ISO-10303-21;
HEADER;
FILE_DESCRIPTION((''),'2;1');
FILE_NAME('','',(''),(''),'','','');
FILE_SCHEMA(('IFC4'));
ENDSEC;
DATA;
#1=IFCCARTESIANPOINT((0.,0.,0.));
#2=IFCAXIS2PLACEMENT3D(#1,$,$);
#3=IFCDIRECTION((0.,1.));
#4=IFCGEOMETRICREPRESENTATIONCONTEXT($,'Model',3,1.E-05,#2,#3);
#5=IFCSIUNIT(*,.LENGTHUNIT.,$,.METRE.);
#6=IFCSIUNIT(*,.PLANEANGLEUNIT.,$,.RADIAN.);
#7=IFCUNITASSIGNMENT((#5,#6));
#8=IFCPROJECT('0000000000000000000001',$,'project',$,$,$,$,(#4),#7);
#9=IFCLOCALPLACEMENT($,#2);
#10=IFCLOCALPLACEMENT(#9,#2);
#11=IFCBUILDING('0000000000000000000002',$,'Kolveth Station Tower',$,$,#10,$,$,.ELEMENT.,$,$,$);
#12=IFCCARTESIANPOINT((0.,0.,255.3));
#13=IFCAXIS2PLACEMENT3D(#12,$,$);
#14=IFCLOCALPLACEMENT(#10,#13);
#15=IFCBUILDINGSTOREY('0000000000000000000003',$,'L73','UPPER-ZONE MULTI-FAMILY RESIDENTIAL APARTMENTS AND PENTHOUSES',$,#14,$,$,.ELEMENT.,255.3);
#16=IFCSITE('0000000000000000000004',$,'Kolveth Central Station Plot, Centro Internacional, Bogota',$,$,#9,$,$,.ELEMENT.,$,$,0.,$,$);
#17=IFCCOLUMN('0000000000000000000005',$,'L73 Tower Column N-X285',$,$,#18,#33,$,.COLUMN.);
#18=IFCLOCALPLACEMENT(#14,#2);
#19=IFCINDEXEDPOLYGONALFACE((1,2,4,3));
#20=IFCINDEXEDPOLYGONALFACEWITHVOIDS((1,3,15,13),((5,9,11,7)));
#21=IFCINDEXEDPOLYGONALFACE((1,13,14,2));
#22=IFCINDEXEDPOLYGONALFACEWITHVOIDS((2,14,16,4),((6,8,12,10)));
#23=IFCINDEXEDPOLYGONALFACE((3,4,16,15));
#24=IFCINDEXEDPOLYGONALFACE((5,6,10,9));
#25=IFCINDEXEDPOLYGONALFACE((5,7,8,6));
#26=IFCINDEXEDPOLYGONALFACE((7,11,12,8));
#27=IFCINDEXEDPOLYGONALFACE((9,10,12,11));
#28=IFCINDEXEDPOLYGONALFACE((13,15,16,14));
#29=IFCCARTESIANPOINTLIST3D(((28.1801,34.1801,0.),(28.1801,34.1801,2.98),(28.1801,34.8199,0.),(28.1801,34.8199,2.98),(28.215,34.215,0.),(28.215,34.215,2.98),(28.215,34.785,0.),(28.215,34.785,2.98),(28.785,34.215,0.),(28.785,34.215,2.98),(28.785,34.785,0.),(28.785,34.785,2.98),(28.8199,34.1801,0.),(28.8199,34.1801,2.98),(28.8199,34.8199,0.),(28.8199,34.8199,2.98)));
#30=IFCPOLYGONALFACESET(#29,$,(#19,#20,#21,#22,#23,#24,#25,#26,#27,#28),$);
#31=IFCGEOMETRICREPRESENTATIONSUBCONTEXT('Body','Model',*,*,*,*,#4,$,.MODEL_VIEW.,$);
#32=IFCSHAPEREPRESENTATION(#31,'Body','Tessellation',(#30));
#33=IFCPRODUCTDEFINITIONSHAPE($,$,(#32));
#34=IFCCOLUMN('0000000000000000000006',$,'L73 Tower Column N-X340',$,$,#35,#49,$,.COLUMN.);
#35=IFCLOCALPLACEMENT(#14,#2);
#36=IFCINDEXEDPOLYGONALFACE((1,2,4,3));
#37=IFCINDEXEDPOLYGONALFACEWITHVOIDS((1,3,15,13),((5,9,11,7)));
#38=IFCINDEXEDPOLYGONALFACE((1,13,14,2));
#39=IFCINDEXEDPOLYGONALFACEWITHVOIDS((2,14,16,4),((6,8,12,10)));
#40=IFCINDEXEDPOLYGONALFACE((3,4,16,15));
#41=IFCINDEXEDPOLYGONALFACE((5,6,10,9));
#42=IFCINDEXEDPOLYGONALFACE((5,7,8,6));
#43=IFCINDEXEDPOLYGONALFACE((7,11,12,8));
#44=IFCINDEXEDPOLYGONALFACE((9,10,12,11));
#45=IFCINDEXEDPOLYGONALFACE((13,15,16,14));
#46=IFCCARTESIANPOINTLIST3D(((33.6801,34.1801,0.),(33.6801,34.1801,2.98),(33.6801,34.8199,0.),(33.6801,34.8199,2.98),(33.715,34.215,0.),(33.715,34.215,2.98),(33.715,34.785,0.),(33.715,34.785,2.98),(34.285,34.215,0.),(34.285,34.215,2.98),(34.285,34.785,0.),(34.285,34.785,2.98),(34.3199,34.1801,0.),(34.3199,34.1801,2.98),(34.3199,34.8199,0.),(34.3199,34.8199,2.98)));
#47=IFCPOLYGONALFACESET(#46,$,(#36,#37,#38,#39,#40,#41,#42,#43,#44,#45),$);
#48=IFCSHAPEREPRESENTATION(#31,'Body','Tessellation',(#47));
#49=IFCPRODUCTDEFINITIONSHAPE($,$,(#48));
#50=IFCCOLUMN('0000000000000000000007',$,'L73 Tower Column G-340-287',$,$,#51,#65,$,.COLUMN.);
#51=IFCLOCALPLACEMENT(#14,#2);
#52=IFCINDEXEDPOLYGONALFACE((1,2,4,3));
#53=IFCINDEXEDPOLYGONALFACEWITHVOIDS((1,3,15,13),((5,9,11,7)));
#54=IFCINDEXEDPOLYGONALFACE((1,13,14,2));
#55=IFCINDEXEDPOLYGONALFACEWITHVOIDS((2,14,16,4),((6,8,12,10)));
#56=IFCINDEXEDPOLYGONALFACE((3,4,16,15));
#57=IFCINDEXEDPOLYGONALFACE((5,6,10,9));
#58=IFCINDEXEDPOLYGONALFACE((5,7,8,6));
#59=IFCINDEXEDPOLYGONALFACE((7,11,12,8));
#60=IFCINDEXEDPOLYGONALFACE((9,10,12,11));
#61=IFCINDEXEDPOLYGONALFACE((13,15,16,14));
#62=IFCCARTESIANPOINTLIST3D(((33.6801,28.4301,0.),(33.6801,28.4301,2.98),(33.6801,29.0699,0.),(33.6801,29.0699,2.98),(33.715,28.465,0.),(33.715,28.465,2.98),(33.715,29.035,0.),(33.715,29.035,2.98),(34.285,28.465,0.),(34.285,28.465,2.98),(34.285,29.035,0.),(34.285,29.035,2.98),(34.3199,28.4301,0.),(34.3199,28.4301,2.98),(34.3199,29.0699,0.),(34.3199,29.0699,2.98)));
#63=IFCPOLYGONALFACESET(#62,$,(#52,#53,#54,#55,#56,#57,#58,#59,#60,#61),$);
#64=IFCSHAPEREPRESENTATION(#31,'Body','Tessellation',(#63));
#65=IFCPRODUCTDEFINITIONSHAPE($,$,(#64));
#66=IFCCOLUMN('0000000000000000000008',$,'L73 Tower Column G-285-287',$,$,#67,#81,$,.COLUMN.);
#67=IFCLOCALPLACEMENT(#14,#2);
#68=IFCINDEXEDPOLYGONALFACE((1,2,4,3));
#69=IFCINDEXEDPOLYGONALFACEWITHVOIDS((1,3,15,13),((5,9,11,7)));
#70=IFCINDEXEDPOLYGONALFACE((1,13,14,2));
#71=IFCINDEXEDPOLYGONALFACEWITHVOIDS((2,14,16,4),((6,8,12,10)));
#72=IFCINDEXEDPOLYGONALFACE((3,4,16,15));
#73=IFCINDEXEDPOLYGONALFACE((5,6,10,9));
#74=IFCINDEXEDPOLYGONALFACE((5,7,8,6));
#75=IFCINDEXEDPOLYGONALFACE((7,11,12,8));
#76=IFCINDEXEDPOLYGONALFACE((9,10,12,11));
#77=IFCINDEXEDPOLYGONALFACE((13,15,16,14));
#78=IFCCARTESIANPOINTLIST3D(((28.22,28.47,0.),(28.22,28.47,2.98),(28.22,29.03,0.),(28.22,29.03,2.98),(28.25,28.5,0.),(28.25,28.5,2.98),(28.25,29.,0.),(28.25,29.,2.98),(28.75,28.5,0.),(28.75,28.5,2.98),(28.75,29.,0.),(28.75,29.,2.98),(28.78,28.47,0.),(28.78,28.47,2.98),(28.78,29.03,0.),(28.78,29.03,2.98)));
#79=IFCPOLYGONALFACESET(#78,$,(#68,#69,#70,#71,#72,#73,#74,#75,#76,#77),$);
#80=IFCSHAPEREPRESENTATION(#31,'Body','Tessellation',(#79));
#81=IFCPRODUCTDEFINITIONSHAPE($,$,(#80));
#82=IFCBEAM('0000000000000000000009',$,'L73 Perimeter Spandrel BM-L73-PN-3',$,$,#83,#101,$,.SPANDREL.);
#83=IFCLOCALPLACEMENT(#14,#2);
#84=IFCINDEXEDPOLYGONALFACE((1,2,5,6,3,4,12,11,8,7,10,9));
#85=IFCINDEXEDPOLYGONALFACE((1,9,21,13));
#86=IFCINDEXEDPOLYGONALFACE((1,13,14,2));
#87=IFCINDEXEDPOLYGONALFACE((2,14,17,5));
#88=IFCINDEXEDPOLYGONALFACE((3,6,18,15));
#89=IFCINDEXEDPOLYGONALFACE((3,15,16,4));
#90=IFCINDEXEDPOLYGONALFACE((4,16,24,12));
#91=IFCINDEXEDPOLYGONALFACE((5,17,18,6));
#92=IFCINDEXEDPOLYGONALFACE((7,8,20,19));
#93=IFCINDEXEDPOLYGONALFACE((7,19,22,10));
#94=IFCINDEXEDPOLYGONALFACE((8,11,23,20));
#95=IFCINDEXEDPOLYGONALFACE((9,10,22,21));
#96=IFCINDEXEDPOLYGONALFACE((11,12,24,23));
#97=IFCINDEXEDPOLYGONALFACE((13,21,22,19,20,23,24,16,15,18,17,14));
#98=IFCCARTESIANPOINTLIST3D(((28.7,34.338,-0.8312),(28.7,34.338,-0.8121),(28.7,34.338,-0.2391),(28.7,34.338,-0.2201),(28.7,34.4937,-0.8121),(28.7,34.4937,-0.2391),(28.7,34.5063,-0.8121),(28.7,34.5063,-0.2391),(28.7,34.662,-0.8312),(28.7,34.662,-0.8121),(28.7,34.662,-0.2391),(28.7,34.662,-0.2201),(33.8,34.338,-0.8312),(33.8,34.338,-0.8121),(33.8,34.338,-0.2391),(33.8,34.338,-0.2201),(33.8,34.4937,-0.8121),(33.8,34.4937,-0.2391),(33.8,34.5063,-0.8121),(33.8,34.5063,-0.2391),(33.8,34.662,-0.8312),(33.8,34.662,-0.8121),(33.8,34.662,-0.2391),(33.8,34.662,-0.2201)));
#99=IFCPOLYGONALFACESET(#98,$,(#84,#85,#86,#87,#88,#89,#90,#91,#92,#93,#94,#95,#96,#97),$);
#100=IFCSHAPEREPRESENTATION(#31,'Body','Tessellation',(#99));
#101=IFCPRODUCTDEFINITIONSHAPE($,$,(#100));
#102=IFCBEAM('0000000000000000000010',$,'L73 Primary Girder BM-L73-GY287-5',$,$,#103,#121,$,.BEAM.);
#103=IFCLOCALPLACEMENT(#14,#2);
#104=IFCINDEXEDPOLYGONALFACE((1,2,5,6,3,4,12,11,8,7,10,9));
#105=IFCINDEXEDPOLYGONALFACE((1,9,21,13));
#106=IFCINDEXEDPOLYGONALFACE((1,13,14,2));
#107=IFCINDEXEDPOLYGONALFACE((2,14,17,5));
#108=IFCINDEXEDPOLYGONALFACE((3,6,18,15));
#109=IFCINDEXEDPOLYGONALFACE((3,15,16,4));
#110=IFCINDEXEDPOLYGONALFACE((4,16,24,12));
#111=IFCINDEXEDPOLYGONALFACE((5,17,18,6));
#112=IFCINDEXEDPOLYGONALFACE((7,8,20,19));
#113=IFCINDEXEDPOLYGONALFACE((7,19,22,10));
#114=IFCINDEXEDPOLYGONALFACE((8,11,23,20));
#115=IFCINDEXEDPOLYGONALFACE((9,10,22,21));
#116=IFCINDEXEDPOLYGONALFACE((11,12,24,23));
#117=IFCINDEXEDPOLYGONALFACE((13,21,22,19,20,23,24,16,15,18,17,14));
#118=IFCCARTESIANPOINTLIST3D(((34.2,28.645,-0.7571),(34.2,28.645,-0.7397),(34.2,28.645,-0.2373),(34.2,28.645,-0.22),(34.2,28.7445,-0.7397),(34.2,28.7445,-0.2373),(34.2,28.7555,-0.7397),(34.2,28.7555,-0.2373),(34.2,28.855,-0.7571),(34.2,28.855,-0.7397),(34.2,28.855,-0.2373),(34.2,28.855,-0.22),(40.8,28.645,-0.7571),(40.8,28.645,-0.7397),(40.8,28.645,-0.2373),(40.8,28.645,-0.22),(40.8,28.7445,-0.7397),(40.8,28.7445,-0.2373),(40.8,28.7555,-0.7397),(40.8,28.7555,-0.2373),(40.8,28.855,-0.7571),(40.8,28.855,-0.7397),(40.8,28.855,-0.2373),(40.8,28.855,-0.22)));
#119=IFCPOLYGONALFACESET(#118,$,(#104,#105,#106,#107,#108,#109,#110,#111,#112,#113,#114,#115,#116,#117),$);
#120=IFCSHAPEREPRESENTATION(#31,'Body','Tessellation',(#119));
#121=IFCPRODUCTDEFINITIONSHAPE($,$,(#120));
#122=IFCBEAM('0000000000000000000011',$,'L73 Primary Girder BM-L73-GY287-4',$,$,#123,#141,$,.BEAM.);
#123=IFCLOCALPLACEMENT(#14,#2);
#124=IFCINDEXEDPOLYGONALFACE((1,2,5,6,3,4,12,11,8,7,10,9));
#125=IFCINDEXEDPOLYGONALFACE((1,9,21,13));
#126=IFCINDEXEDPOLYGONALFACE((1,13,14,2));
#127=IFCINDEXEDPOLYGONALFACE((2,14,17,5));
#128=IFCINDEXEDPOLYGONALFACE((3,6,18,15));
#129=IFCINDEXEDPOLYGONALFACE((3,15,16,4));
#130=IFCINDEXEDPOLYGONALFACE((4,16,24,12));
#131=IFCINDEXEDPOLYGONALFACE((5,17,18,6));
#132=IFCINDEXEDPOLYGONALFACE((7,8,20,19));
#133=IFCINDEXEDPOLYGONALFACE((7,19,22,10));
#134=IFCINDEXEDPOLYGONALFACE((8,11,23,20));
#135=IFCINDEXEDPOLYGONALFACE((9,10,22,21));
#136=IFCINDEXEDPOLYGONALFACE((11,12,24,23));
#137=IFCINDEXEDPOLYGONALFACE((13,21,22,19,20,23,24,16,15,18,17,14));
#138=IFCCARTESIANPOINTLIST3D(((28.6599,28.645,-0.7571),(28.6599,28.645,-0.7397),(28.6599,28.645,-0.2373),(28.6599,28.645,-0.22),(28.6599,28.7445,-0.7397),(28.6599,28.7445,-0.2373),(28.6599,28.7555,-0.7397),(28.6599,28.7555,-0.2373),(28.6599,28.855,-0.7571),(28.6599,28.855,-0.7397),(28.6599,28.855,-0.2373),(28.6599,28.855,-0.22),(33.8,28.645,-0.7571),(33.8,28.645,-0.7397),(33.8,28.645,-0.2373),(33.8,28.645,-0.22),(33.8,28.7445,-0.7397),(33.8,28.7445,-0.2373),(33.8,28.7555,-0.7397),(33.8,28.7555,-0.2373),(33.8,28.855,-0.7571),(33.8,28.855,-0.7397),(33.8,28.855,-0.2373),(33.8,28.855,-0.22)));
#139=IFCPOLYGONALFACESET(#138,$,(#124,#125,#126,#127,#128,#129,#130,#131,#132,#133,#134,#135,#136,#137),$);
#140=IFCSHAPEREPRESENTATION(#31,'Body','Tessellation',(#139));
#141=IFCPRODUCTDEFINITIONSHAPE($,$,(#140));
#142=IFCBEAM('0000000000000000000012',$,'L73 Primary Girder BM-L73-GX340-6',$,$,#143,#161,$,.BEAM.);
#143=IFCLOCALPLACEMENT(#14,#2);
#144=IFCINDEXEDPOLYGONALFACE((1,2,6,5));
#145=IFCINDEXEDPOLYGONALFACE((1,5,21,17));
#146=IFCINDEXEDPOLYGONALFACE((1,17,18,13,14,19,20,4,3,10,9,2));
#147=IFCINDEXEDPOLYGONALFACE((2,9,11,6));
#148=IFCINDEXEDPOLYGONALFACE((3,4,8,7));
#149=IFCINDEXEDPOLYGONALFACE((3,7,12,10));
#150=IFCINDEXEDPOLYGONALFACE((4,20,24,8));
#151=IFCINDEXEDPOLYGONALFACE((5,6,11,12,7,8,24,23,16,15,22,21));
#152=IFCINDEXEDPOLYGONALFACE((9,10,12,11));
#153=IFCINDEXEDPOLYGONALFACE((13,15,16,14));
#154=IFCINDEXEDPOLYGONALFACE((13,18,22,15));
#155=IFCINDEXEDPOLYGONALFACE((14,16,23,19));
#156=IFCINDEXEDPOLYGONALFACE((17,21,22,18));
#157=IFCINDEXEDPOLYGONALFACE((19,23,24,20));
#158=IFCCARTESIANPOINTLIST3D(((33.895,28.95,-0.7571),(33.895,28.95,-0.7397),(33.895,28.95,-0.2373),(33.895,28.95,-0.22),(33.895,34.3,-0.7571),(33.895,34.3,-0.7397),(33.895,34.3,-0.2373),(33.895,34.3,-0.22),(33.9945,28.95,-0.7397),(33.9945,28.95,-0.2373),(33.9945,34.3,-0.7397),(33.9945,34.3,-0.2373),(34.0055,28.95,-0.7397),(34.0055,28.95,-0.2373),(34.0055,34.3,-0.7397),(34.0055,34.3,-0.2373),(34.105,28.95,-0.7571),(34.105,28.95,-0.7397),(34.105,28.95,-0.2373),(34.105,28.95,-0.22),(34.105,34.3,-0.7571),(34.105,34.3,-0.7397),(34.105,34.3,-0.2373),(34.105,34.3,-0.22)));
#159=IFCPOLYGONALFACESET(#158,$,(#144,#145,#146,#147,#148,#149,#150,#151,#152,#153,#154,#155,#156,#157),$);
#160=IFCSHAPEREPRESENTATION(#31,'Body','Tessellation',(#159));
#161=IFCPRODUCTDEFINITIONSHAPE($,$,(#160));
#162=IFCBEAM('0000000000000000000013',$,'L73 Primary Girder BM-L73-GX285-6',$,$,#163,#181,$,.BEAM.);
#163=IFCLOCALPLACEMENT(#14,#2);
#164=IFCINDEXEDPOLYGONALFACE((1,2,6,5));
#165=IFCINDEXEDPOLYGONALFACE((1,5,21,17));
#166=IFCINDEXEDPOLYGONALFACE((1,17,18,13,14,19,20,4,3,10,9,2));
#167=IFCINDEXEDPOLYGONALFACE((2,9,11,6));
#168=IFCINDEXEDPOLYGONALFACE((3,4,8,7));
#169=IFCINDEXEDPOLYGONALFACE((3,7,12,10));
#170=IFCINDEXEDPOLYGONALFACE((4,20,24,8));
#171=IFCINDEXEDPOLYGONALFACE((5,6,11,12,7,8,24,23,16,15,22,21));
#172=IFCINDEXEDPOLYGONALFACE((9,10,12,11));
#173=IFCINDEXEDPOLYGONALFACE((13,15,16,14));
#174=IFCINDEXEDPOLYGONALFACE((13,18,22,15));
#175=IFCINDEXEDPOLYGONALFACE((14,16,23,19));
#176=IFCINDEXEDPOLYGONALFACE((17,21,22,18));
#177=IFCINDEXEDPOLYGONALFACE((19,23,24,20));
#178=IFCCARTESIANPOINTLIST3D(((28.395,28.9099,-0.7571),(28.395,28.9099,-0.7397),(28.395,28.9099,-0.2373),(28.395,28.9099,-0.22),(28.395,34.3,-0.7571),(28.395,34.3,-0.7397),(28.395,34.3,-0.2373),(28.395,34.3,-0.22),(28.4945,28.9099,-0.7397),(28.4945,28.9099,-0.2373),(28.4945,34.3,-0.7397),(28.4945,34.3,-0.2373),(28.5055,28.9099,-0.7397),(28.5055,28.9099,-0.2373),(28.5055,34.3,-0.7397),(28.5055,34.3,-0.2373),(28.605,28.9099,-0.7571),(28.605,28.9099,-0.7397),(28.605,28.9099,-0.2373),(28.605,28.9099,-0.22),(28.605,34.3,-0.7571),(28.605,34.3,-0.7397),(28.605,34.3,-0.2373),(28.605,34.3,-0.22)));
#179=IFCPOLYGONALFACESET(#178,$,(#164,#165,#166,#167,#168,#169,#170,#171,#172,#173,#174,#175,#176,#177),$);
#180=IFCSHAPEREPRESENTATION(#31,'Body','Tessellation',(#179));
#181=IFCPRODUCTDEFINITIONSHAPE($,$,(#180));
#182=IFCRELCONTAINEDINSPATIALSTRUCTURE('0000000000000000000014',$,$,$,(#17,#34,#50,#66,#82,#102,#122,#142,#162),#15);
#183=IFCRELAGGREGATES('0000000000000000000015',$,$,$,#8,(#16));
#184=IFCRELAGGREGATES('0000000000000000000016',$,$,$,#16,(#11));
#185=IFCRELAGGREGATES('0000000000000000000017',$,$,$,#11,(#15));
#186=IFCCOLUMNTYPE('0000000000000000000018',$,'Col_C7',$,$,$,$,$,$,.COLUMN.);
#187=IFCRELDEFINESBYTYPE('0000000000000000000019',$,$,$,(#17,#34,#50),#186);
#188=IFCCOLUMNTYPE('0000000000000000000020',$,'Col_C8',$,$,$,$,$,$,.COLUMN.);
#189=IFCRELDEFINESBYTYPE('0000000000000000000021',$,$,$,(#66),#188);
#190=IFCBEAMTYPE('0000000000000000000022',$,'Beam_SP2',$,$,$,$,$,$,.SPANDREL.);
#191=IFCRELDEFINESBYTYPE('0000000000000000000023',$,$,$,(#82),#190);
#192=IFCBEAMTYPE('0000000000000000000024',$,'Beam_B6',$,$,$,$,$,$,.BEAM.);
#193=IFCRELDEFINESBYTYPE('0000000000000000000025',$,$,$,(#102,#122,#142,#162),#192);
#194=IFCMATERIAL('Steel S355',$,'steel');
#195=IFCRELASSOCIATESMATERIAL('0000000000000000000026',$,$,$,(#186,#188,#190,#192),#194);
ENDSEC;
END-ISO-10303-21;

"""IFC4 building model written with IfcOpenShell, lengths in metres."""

from ifc_helpers import new_model, si_unit, direction, frame, origin, origin_2d, place, context, subcontext, project, spatial, hollow_rectangle, i_section, extrude, source, transform, mapped, material, material_profile, profile_set, type_object, element, save


model = new_model("IFC4")

# Units and contexts
model_context = context("Model", 3, precision=1e-05, world=origin(), true_north=direction((0.0, 1.0)))
body_context = subcontext(model_context, "Body", "Model", "MODEL_VIEW")
ifc_project = project(units=[si_unit("LENGTHUNIT", "METRE"), si_unit("PLANEANGLEUNIT", "RADIAN")], contexts=[model_context])

# Site, building, storey
site_placement = place(None, origin())
site = spatial("IfcSite", under=ifc_project, at=site_placement, Name="Kolveth Central Station Plot, Centro Internacional, Bogota", CompositionType="ELEMENT", RefElevation=0.0)
building_placement = place(site_placement, origin())
building = spatial("IfcBuilding", under=site, at=building_placement, Name="Kolveth Station Tower", CompositionType="ELEMENT")
storey_placement = place(building_placement, frame((0.0, 0.0, 255.3)))
storey = spatial("IfcBuildingStorey", under=building, at=storey_placement, Name="L73", Description="UPPER-ZONE MULTI-FAMILY RESIDENTIAL APARTMENTS AND PENTHOUSES", CompositionType="ELEMENT", Elevation=255.3)

# Columns
ifc_material_1 = material(Name="Steel S355", Category="steel")
ifc_material_profile_1 = material_profile(ifc_material_1, hollow_rectangle(XDim=0.6399, YDim=0.6399, WallThickness=0.0349, at=origin_2d()), Name="BOX640x640x35")
ifc_profile_set_1 = profile_set([ifc_material_profile_1], Name="Steel S355")
column_type_1 = type_object("IfcColumnType", Name="Col_C7", PredefinedType="COLUMN", material=ifc_profile_set_1)
shared_shape_1 = source(origin(), body_context, "Body", "SweptSolid", [
    extrude(hollow_rectangle(XDim=0.6399, YDim=0.6399, WallThickness=0.0349, at=origin_2d()), origin(), (0.0, 0.0, 1.0), 2.98),
])
for number, where, z_axis, x_axis, name in (
    (1, (28.5, 34.5, 0.0), (0.0, 0.0, 1.0), (1.0, 0.0, 0.0), "L73 Tower Column N-X285"),
    (2, (34.0, 34.5, 0.0), (0.0, 0.0, 1.0), (1.0, 0.0, 0.0), "L73 Tower Column N-X340"),
    (3, (34.0, 28.75, 0.0), (0.0, 0.0, 1.0), (1.0, 0.0, 0.0), "L73 Tower Column G-340-287"),
):
    element("IfcColumn", number, at=place(storey_placement, frame(where, z_axis=z_axis, x_axis=x_axis)), inside=storey, type_object=column_type_1, Name=name, PredefinedType="COLUMN", context=body_context, shape_type="MappedRepresentation", body=[
        mapped(shared_shape_1, transform((0.0, 0.0, 0.0), x_axis=(1.0, 0.0, 0.0), y_axis=(0.0, 1.0, 0.0), z_axis=(0.0, 0.0, 1.0), scale=1.0)),
    ])
ifc_material_profile_2 = material_profile(ifc_material_1, hollow_rectangle(XDim=0.5601, YDim=0.5601, WallThickness=0.03, at=origin_2d()), Name="BOX560x560x30")
ifc_profile_set_2 = profile_set([ifc_material_profile_2], Name="Steel S355")
column_type_2 = type_object("IfcColumnType", Name="Col_C8", PredefinedType="COLUMN", material=ifc_profile_set_2)
shared_shape_2 = source(origin(), body_context, "Body", "SweptSolid", [
    extrude(hollow_rectangle(XDim=0.5601, YDim=0.5601, WallThickness=0.03, at=origin_2d()), origin(), (0.0, 0.0, 1.0), 2.98),
])
column_placement = place(storey_placement, frame((28.5, 28.75, 0.0), z_axis=(0.0, 0.0, 1.0), x_axis=(1.0, 0.0, 0.0)))
element("IfcColumn", 4, at=column_placement, inside=storey, type_object=column_type_2, Name="L73 Tower Column G-285-287", PredefinedType="COLUMN", context=body_context, shape_type="MappedRepresentation", body=[
    mapped(shared_shape_2, transform((0.0, 0.0, 0.0), x_axis=(1.0, 0.0, 0.0), y_axis=(0.0, 1.0, 0.0), z_axis=(0.0, 0.0, 1.0), scale=1.0)),
])

# Beams
ifc_material_profile_3 = material_profile(ifc_material_1, i_section(OverallWidth=0.324, OverallDepth=0.6111, WebThickness=0.0127, FlangeThickness=0.019, at=origin_2d()), Name="W610x155")
ifc_profile_set_3 = profile_set([ifc_material_profile_3], Name="Steel S355")
beam_type_1 = type_object("IfcBeamType", Name="Beam_SP2", PredefinedType="SPANDREL", material=ifc_profile_set_3)
shared_shape_3 = source(origin(), body_context, "Body", "SweptSolid", [
    extrude(i_section(OverallWidth=0.324, OverallDepth=0.6111, WebThickness=0.0127, FlangeThickness=0.019, at=origin_2d()), origin(), (0.0, 0.0, 1.0), 5.1001),
])
beam_1_placement = place(storey_placement, frame((28.7, 34.5, -0.5256), z_axis=(1.0, 0.0, 0.0), x_axis=(0.0, 1.0, 0.0)))
element("IfcBeam", 5, at=beam_1_placement, inside=storey, type_object=beam_type_1, Name="L73 Perimeter Spandrel BM-L73-PN-3", PredefinedType="SPANDREL", context=body_context, shape_type="MappedRepresentation", body=[
    mapped(shared_shape_3, transform((0.0, 0.0, 0.0), x_axis=(1.0, 0.0, 0.0), y_axis=(0.0, 1.0, 0.0), z_axis=(0.0, 0.0, 1.0), scale=1.0)),
])
ifc_material_profile_4 = material_profile(ifc_material_1, i_section(OverallWidth=0.21, OverallDepth=0.5371, WebThickness=0.011, FlangeThickness=0.0173, at=origin_2d()), Name="W530x101")
ifc_profile_set_4 = profile_set([ifc_material_profile_4], Name="Steel S355")
beam_type_2 = type_object("IfcBeamType", Name="Beam_B6", PredefinedType="BEAM", material=ifc_profile_set_4)
shared_shape_4 = source(origin(), body_context, "Body", "SweptSolid", [
    extrude(i_section(OverallWidth=0.21, OverallDepth=0.5371, WebThickness=0.011, FlangeThickness=0.0173, at=origin_2d()), origin(), (0.0, 0.0, 1.0), 6.6001),
])
beam_2_placement = place(storey_placement, frame((34.2, 28.75, -0.4885), z_axis=(1.0, 0.0, 0.0), x_axis=(0.0, 1.0, 0.0)))
element("IfcBeam", 6, at=beam_2_placement, inside=storey, type_object=beam_type_2, Name="L73 Primary Girder BM-L73-GY287-5", PredefinedType="BEAM", context=body_context, shape_type="MappedRepresentation", body=[
    mapped(shared_shape_4, transform((0.0, 0.0, 0.0), x_axis=(1.0, 0.0, 0.0), y_axis=(0.0, 1.0, 0.0), z_axis=(0.0, 0.0, 1.0), scale=1.0)),
])
shared_shape_5 = source(origin(), body_context, "Body", "SweptSolid", [
    extrude(i_section(OverallWidth=0.21, OverallDepth=0.5371, WebThickness=0.011, FlangeThickness=0.0173, at=origin_2d()), origin(), (0.0, 0.0, 1.0), 5.1401),
])
beam_3_placement = place(storey_placement, frame((28.6599, 28.75, -0.4885), z_axis=(1.0, 0.0, 0.0), x_axis=(0.0, 1.0, 0.0)))
element("IfcBeam", 7, at=beam_3_placement, inside=storey, type_object=beam_type_2, Name="L73 Primary Girder BM-L73-GY287-4", PredefinedType="BEAM", context=body_context, shape_type="MappedRepresentation", body=[
    mapped(shared_shape_5, transform((0.0, 0.0, 0.0), x_axis=(1.0, 0.0, 0.0), y_axis=(0.0, 1.0, 0.0), z_axis=(0.0, 0.0, 1.0), scale=1.0)),
])
shared_shape_6 = source(origin(), body_context, "Body", "SweptSolid", [
    extrude(i_section(OverallWidth=0.21, OverallDepth=0.5371, WebThickness=0.011, FlangeThickness=0.0173, at=origin_2d()), origin(), (0.0, 0.0, 1.0), 5.3501),
])
beam_4_placement = place(storey_placement, frame((34.0, 28.95, -0.4885), z_axis=(0.0, 1.0, 0.0), x_axis=(-1.0, 0.0, 0.0)))
element("IfcBeam", 8, at=beam_4_placement, inside=storey, type_object=beam_type_2, Name="L73 Primary Girder BM-L73-GX340-6", PredefinedType="BEAM", context=body_context, shape_type="MappedRepresentation", body=[
    mapped(shared_shape_6, transform((0.0, 0.0, 0.0), x_axis=(1.0, 0.0, 0.0), y_axis=(0.0, 1.0, 0.0), z_axis=(0.0, 0.0, 1.0), scale=1.0)),
])
shared_shape_7 = source(origin(), body_context, "Body", "SweptSolid", [
    extrude(i_section(OverallWidth=0.21, OverallDepth=0.5371, WebThickness=0.011, FlangeThickness=0.0173, at=origin_2d()), origin(), (0.0, 0.0, 1.0), 5.3901),
])
beam_5_placement = place(storey_placement, frame((28.5, 28.9099, -0.4885), z_axis=(0.0, 1.0, 0.0), x_axis=(-1.0, 0.0, 0.0)))
element("IfcBeam", 9, at=beam_5_placement, inside=storey, type_object=beam_type_2, Name="L73 Primary Girder BM-L73-GX285-6", PredefinedType="BEAM", context=body_context, shape_type="MappedRepresentation", body=[
    mapped(shared_shape_7, transform((0.0, 0.0, 0.0), x_axis=(1.0, 0.0, 0.0), y_axis=(0.0, 1.0, 0.0), z_axis=(0.0, 0.0, 1.0), scale=1.0)),
])

save(model, "model.ifc")
